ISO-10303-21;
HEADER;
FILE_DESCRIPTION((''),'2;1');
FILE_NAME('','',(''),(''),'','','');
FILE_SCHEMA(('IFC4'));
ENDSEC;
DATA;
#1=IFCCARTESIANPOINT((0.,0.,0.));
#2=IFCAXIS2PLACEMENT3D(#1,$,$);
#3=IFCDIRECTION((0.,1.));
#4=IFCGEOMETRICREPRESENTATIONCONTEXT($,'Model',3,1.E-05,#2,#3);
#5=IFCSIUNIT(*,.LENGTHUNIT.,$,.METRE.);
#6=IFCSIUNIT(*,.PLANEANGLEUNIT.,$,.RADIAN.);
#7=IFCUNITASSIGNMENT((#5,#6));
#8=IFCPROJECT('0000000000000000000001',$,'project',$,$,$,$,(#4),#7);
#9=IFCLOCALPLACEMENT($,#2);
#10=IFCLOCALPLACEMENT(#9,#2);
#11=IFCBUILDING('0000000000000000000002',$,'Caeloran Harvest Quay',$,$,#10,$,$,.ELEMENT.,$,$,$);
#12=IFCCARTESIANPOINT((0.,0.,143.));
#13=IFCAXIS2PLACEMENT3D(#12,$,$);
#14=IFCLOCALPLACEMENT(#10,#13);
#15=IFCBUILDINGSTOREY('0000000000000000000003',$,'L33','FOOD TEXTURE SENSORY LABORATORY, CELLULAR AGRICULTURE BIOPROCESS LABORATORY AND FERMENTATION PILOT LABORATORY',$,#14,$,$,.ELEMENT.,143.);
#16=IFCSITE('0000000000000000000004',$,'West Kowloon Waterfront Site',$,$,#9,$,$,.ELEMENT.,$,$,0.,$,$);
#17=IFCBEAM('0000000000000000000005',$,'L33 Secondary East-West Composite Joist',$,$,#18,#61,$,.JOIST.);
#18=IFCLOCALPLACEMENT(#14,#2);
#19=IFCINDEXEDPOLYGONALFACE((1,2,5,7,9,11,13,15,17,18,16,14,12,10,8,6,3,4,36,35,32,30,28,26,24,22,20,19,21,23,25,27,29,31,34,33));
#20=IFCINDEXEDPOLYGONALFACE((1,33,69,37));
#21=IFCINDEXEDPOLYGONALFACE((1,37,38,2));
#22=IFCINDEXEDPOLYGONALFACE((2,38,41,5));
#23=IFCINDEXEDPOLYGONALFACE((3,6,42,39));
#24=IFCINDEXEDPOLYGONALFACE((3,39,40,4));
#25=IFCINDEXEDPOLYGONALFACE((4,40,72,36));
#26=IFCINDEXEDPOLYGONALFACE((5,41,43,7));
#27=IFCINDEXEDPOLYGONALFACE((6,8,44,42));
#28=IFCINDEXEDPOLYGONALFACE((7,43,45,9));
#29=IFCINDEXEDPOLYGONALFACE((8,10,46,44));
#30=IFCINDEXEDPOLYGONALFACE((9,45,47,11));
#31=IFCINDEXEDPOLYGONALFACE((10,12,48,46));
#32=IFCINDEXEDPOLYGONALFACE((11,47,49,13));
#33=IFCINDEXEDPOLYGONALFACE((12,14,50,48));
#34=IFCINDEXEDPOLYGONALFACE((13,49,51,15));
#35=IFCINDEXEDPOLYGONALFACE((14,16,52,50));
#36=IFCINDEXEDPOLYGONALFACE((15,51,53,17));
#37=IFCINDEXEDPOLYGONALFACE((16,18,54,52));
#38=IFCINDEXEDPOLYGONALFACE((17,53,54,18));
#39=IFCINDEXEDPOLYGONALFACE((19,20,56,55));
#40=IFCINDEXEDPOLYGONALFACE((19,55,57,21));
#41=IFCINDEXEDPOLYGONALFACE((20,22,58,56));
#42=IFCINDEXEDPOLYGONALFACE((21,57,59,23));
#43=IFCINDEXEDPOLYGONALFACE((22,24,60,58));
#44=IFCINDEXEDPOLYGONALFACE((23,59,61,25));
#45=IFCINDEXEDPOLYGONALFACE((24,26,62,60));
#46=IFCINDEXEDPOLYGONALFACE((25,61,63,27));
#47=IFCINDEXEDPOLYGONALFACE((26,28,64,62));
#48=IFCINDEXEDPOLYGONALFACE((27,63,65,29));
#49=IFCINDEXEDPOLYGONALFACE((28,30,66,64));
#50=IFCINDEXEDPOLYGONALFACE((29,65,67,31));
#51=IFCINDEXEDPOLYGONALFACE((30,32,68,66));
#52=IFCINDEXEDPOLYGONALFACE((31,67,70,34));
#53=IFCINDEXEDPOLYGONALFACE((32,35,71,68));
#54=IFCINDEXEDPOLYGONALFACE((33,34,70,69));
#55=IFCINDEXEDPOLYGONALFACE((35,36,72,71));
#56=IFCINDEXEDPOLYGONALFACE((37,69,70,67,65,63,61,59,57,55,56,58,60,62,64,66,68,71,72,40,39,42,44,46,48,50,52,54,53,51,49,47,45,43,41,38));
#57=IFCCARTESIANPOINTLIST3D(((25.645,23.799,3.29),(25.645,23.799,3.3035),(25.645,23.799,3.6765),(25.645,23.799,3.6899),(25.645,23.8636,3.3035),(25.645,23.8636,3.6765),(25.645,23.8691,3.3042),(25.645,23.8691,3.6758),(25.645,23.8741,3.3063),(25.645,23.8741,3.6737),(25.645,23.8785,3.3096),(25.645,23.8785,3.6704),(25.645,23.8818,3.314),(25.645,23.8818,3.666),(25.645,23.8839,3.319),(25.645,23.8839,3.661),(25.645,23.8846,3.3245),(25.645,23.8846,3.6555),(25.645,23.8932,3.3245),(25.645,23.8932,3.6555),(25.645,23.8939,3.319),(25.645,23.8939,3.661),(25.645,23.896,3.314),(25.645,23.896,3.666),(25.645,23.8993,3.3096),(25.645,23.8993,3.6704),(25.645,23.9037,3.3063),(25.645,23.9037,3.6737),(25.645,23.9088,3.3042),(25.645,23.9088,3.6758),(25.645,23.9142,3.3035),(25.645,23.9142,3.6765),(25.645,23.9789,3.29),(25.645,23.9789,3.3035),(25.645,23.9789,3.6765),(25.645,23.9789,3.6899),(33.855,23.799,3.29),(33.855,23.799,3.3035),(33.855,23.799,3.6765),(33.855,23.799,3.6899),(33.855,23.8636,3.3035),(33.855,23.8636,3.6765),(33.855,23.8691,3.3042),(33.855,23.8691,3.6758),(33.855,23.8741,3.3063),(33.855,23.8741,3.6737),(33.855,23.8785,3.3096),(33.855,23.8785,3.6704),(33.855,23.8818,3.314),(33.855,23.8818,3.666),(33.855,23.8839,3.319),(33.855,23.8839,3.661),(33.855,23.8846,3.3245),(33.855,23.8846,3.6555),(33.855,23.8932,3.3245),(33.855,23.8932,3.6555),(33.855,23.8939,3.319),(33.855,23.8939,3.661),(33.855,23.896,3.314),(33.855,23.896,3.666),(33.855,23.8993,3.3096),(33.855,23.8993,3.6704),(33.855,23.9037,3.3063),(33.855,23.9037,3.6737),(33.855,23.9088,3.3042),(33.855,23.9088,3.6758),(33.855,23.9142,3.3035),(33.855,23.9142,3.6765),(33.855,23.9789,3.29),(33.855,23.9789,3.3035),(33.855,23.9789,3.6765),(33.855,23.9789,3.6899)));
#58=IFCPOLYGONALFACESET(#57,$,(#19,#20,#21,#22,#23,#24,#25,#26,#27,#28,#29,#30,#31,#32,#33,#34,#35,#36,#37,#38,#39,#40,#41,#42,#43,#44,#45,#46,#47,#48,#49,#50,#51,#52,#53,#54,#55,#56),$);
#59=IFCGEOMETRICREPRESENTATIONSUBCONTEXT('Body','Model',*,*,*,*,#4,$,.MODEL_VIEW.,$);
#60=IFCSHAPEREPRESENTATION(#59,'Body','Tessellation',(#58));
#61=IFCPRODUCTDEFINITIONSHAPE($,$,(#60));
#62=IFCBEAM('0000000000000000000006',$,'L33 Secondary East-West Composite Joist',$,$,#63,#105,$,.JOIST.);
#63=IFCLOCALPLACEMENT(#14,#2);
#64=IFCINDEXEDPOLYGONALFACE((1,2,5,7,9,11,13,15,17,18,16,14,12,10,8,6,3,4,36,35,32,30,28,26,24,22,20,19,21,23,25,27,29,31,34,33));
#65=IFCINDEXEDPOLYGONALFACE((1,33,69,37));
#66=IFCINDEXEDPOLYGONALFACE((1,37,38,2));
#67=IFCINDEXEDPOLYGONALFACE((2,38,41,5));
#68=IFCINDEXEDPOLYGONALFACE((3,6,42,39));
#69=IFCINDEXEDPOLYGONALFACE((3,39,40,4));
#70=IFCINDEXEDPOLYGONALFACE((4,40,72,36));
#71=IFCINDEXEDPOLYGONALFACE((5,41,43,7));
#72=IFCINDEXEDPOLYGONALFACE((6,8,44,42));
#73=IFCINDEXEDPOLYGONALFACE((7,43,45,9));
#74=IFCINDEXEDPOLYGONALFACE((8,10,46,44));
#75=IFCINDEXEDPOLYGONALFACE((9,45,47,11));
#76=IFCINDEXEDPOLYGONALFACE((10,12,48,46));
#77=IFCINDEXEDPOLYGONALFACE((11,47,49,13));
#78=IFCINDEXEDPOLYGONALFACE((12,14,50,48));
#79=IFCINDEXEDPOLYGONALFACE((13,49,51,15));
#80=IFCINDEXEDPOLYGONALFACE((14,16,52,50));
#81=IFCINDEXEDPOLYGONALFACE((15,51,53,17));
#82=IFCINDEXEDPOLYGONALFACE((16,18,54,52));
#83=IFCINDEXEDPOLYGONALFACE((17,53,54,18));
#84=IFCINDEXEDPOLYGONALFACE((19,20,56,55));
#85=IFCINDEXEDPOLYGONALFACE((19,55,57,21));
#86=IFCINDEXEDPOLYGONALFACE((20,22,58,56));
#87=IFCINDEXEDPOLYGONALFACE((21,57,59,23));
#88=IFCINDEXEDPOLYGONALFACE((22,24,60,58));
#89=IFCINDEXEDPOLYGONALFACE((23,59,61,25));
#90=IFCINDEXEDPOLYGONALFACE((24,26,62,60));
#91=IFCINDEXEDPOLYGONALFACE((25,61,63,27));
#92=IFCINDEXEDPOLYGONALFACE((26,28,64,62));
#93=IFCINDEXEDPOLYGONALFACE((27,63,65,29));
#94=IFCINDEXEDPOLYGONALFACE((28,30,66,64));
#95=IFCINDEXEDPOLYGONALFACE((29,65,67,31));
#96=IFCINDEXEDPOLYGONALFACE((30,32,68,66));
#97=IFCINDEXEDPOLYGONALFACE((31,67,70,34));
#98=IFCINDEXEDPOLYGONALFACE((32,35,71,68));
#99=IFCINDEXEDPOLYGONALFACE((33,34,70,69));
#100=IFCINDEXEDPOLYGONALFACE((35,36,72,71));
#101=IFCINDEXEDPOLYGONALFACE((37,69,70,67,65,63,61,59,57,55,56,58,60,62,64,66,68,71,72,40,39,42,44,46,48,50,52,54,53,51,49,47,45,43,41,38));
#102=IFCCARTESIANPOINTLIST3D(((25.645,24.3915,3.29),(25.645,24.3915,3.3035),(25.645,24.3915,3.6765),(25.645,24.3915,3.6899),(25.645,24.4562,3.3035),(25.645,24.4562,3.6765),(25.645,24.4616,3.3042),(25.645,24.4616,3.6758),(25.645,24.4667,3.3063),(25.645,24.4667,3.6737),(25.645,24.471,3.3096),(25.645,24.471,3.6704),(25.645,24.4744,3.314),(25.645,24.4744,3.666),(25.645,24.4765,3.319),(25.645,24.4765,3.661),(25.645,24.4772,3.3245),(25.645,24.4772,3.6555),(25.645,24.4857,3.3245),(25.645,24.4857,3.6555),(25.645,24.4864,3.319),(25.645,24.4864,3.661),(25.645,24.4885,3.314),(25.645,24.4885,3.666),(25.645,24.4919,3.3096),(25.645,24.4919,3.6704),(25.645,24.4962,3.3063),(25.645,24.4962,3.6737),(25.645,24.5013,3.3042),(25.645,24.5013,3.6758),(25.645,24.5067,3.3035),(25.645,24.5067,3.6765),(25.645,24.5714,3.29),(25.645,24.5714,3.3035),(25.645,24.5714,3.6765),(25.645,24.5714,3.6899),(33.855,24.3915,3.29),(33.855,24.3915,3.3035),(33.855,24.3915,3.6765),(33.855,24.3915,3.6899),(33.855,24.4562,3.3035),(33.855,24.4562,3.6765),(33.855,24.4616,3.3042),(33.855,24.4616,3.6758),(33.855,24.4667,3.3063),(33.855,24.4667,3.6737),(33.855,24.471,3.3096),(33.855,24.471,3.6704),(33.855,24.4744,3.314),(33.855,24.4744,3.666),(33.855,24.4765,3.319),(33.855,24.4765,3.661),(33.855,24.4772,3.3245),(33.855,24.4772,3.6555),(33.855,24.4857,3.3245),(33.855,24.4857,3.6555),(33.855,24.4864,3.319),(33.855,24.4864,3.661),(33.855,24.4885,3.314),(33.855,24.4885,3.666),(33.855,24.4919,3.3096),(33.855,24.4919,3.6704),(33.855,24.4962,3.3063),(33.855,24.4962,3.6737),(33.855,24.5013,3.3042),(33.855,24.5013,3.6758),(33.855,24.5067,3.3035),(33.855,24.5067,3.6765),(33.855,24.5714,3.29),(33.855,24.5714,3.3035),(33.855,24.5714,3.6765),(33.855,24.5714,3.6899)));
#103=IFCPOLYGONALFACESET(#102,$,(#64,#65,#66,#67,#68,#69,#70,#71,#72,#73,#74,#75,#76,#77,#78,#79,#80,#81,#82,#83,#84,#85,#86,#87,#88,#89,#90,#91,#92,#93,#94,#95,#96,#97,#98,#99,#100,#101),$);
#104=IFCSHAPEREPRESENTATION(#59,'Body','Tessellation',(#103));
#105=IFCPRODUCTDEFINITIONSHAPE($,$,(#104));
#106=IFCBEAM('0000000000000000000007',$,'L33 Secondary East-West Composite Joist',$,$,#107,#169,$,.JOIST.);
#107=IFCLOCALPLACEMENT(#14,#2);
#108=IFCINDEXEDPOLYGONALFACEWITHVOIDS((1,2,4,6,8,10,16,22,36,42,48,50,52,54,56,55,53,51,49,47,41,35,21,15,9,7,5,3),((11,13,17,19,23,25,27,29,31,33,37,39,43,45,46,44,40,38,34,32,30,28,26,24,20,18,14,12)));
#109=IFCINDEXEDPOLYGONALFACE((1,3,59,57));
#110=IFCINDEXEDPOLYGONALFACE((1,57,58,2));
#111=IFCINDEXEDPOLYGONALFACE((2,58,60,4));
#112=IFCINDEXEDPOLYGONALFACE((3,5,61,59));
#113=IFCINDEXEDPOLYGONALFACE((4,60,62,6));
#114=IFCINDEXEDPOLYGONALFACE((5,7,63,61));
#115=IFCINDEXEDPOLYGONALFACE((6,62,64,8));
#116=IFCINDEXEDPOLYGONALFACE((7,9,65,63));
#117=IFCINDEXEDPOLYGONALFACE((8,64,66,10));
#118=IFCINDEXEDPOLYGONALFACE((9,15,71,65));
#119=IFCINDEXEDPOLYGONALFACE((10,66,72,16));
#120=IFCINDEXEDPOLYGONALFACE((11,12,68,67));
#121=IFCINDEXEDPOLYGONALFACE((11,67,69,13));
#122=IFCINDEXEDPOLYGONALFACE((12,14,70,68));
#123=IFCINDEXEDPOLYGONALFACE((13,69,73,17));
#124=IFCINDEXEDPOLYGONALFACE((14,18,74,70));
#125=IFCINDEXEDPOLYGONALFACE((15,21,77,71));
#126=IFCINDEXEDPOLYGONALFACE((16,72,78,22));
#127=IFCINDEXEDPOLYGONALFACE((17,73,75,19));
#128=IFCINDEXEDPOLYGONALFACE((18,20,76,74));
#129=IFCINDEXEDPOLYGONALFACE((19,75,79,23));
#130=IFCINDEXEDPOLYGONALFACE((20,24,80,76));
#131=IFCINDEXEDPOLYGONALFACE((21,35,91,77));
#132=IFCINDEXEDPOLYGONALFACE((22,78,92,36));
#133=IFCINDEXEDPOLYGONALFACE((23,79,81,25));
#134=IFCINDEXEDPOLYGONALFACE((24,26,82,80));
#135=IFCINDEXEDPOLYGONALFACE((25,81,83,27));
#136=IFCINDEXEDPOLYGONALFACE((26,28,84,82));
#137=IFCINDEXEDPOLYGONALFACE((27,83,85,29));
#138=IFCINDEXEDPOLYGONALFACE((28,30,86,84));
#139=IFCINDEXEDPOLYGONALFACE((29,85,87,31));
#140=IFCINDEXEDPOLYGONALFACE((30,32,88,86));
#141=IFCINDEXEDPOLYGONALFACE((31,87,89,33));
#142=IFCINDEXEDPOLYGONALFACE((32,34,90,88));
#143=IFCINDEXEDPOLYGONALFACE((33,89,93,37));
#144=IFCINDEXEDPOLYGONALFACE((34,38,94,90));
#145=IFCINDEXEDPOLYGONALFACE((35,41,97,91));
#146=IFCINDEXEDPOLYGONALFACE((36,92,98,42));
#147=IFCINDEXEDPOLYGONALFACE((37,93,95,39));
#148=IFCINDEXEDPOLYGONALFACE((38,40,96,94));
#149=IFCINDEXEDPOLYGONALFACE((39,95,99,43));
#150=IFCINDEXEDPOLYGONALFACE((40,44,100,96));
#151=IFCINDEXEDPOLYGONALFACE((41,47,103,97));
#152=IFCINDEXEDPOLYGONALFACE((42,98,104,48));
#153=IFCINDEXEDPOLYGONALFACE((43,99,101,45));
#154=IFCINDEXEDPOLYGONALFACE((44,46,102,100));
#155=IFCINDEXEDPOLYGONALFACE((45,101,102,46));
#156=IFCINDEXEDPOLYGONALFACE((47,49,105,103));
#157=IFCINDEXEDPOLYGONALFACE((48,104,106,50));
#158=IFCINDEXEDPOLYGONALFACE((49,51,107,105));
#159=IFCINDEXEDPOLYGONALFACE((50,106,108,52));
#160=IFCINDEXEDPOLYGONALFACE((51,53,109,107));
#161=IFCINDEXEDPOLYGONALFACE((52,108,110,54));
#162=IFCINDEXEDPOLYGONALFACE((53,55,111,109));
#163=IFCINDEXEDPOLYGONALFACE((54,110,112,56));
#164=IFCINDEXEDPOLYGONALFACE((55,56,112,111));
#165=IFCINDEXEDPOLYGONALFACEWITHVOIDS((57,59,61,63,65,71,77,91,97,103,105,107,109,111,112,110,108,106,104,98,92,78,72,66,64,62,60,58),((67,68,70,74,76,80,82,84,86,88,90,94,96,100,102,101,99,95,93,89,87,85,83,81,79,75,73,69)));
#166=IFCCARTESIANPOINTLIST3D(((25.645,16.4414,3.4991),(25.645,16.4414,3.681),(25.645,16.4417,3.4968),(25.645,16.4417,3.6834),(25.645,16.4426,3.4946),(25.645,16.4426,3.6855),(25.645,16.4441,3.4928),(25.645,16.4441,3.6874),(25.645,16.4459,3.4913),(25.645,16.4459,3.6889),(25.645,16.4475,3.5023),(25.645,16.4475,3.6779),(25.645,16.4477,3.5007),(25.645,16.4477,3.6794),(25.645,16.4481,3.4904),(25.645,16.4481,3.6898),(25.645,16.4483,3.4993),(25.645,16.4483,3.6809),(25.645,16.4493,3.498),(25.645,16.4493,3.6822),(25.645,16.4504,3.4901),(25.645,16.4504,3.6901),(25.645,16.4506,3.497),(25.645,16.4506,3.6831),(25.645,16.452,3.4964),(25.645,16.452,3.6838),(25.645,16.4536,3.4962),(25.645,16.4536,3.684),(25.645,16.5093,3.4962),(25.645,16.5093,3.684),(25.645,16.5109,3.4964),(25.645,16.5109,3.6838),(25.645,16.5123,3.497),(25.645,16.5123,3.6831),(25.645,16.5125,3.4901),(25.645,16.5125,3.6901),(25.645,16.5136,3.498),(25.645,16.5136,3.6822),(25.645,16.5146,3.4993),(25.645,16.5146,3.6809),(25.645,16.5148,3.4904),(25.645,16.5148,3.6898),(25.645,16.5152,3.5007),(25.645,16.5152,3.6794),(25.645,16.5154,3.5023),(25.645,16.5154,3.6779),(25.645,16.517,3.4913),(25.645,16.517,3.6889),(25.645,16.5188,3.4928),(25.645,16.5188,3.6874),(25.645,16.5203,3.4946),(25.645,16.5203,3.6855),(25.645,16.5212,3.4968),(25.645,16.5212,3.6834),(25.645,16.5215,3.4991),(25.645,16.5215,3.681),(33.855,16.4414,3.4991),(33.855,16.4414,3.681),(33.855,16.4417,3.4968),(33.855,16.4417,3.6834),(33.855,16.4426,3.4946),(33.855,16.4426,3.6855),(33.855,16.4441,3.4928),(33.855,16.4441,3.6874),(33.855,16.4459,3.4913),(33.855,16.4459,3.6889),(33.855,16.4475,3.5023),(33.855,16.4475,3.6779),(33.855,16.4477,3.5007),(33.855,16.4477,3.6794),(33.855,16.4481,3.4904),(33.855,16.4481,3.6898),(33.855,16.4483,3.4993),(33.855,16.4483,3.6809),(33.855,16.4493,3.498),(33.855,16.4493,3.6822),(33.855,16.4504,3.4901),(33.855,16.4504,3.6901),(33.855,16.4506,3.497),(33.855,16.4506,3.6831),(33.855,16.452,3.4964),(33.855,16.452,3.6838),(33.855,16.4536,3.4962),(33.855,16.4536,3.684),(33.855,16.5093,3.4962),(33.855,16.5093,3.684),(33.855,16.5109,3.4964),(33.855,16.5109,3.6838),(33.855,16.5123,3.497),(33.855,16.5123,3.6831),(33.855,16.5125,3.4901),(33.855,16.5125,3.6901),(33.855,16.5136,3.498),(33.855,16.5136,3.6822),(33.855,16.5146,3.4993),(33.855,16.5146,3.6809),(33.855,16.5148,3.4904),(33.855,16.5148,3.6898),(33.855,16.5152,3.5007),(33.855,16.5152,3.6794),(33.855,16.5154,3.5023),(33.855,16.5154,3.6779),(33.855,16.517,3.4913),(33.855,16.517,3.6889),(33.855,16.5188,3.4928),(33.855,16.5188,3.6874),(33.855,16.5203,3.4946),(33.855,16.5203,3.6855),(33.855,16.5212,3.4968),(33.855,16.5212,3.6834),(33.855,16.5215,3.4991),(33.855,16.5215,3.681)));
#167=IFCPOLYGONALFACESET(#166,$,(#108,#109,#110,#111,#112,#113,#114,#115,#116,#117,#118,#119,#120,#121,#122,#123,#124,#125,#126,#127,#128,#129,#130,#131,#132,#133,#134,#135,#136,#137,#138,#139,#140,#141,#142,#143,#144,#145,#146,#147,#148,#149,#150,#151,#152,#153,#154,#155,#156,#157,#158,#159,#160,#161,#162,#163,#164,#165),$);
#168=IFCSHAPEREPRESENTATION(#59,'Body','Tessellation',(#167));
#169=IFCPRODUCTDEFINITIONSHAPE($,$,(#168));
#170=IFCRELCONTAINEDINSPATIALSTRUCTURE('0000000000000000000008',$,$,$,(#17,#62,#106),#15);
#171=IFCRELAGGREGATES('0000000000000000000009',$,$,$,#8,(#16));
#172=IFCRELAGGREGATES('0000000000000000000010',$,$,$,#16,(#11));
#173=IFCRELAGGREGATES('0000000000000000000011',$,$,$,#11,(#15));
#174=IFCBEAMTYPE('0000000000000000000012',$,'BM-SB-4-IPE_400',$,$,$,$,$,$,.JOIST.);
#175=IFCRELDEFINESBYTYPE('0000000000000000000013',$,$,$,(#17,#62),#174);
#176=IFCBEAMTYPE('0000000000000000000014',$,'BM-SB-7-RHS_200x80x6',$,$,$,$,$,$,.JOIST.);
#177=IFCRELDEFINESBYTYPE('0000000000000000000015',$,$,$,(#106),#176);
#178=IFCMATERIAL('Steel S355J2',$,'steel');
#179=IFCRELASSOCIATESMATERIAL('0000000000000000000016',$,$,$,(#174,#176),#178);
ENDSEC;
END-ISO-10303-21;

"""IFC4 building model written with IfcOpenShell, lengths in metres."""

from ifc_helpers import new_model, si_unit, direction, frame, origin, origin_2d, place, context, subcontext, project, spatial, hollow_rectangle, i_section, extrude, material, material_profile, profile_set, type_object, element, save


model = new_model("IFC4")

# Units and contexts
model_context = context("Model", 3, precision=1e-05, world=origin(), true_north=direction((0.0, 1.0)))
body_context = subcontext(model_context, "Body", "Model", "MODEL_VIEW")
ifc_project = project(units=[si_unit("LENGTHUNIT", "METRE"), si_unit("PLANEANGLEUNIT", "RADIAN")], contexts=[model_context])

# Site, building, storey
site_placement = place(None, origin())
site = spatial("IfcSite", under=ifc_project, at=site_placement, Name="West Kowloon Waterfront Site", CompositionType="ELEMENT", RefElevation=0.0)
building_placement = place(site_placement, origin())
building = spatial("IfcBuilding", under=site, at=building_placement, Name="Caeloran Harvest Quay", CompositionType="ELEMENT")
storey_placement = place(building_placement, frame((0.0, 0.0, 143.0)))
storey = spatial("IfcBuildingStorey", under=building, at=storey_placement, Name="L33", Description="FOOD TEXTURE SENSORY LABORATORY, CELLULAR AGRICULTURE BIOPROCESS LABORATORY AND FERMENTATION PILOT LABORATORY", CompositionType="ELEMENT", Elevation=143.0)

# Beams
ifc_material_1 = material(Name="Steel S355J2", Category="steel")
ifc_material_profile_1 = material_profile(ifc_material_1, i_section(OverallWidth=0.1799, OverallDepth=0.3999, WebThickness=0.0085, FlangeThickness=0.0134, FilletRadius=0.021, at=origin_2d()), Name="IPE 400")
ifc_profile_set_1 = profile_set([ifc_material_profile_1], Name="Steel S355J2")
beam_type_1 = type_object("IfcBeamType", Name="BM-SB-4-IPE_400", PredefinedType="JOIST", material=ifc_profile_set_1)
for number, where, z_axis, x_axis, name in (
    (1, (25.645, 23.8889, 3.49), (1.0, 0.0, 0.0), (0.0, 1.0, 0.0), "L33 Secondary East-West Composite Joist"),
    (2, (25.645, 24.4814, 3.49), (1.0, 0.0, 0.0), (0.0, 1.0, 0.0), "L33 Secondary East-West Composite Joist"),
):
    element("IfcBeam", number, at=place(storey_placement, frame(where, z_axis=z_axis, x_axis=x_axis)), inside=storey, type_object=beam_type_1, Name=name, PredefinedType="JOIST", context=body_context, shape_type="SweptSolid", body=[
        extrude(i_section(OverallWidth=0.1799, OverallDepth=0.3999, WebThickness=0.0085, FlangeThickness=0.0134, FilletRadius=0.021, at=origin_2d()), origin(), (0.0, 0.0, 1.0), 8.21),
    ])
ifc_material_profile_2 = material_profile(ifc_material_1, hollow_rectangle(XDim=0.0801, YDim=0.2, WallThickness=0.0061, InnerFilletRadius=0.0061, OuterFilletRadius=0.009, at=origin_2d()), Name="RHS 200x80x6")
ifc_profile_set_2 = profile_set([ifc_material_profile_2], Name="Steel S355J2")
beam_type_2 = type_object("IfcBeamType", Name="BM-SB-7-RHS_200x80x6", PredefinedType="JOIST", material=ifc_profile_set_2)
for number, where, z_axis, x_axis, name in (
    (3, (25.645, 16.4814, 3.5901), (1.0, 0.0, 0.0), (0.0, 1.0, 0.0), "L33 Secondary East-West Composite Joist"),
):
    element("IfcBeam", number, at=place(storey_placement, frame(where, z_axis=z_axis, x_axis=x_axis)), inside=storey, type_object=beam_type_2, Name=name, PredefinedType="JOIST", context=body_context, shape_type="SweptSolid", body=[
        extrude(hollow_rectangle(XDim=0.0801, YDim=0.2, WallThickness=0.0061, InnerFilletRadius=0.0061, OuterFilletRadius=0.009, at=origin_2d()), origin(), (0.0, 0.0, 1.0), 8.21),
    ])

save(model, "model.ifc")
